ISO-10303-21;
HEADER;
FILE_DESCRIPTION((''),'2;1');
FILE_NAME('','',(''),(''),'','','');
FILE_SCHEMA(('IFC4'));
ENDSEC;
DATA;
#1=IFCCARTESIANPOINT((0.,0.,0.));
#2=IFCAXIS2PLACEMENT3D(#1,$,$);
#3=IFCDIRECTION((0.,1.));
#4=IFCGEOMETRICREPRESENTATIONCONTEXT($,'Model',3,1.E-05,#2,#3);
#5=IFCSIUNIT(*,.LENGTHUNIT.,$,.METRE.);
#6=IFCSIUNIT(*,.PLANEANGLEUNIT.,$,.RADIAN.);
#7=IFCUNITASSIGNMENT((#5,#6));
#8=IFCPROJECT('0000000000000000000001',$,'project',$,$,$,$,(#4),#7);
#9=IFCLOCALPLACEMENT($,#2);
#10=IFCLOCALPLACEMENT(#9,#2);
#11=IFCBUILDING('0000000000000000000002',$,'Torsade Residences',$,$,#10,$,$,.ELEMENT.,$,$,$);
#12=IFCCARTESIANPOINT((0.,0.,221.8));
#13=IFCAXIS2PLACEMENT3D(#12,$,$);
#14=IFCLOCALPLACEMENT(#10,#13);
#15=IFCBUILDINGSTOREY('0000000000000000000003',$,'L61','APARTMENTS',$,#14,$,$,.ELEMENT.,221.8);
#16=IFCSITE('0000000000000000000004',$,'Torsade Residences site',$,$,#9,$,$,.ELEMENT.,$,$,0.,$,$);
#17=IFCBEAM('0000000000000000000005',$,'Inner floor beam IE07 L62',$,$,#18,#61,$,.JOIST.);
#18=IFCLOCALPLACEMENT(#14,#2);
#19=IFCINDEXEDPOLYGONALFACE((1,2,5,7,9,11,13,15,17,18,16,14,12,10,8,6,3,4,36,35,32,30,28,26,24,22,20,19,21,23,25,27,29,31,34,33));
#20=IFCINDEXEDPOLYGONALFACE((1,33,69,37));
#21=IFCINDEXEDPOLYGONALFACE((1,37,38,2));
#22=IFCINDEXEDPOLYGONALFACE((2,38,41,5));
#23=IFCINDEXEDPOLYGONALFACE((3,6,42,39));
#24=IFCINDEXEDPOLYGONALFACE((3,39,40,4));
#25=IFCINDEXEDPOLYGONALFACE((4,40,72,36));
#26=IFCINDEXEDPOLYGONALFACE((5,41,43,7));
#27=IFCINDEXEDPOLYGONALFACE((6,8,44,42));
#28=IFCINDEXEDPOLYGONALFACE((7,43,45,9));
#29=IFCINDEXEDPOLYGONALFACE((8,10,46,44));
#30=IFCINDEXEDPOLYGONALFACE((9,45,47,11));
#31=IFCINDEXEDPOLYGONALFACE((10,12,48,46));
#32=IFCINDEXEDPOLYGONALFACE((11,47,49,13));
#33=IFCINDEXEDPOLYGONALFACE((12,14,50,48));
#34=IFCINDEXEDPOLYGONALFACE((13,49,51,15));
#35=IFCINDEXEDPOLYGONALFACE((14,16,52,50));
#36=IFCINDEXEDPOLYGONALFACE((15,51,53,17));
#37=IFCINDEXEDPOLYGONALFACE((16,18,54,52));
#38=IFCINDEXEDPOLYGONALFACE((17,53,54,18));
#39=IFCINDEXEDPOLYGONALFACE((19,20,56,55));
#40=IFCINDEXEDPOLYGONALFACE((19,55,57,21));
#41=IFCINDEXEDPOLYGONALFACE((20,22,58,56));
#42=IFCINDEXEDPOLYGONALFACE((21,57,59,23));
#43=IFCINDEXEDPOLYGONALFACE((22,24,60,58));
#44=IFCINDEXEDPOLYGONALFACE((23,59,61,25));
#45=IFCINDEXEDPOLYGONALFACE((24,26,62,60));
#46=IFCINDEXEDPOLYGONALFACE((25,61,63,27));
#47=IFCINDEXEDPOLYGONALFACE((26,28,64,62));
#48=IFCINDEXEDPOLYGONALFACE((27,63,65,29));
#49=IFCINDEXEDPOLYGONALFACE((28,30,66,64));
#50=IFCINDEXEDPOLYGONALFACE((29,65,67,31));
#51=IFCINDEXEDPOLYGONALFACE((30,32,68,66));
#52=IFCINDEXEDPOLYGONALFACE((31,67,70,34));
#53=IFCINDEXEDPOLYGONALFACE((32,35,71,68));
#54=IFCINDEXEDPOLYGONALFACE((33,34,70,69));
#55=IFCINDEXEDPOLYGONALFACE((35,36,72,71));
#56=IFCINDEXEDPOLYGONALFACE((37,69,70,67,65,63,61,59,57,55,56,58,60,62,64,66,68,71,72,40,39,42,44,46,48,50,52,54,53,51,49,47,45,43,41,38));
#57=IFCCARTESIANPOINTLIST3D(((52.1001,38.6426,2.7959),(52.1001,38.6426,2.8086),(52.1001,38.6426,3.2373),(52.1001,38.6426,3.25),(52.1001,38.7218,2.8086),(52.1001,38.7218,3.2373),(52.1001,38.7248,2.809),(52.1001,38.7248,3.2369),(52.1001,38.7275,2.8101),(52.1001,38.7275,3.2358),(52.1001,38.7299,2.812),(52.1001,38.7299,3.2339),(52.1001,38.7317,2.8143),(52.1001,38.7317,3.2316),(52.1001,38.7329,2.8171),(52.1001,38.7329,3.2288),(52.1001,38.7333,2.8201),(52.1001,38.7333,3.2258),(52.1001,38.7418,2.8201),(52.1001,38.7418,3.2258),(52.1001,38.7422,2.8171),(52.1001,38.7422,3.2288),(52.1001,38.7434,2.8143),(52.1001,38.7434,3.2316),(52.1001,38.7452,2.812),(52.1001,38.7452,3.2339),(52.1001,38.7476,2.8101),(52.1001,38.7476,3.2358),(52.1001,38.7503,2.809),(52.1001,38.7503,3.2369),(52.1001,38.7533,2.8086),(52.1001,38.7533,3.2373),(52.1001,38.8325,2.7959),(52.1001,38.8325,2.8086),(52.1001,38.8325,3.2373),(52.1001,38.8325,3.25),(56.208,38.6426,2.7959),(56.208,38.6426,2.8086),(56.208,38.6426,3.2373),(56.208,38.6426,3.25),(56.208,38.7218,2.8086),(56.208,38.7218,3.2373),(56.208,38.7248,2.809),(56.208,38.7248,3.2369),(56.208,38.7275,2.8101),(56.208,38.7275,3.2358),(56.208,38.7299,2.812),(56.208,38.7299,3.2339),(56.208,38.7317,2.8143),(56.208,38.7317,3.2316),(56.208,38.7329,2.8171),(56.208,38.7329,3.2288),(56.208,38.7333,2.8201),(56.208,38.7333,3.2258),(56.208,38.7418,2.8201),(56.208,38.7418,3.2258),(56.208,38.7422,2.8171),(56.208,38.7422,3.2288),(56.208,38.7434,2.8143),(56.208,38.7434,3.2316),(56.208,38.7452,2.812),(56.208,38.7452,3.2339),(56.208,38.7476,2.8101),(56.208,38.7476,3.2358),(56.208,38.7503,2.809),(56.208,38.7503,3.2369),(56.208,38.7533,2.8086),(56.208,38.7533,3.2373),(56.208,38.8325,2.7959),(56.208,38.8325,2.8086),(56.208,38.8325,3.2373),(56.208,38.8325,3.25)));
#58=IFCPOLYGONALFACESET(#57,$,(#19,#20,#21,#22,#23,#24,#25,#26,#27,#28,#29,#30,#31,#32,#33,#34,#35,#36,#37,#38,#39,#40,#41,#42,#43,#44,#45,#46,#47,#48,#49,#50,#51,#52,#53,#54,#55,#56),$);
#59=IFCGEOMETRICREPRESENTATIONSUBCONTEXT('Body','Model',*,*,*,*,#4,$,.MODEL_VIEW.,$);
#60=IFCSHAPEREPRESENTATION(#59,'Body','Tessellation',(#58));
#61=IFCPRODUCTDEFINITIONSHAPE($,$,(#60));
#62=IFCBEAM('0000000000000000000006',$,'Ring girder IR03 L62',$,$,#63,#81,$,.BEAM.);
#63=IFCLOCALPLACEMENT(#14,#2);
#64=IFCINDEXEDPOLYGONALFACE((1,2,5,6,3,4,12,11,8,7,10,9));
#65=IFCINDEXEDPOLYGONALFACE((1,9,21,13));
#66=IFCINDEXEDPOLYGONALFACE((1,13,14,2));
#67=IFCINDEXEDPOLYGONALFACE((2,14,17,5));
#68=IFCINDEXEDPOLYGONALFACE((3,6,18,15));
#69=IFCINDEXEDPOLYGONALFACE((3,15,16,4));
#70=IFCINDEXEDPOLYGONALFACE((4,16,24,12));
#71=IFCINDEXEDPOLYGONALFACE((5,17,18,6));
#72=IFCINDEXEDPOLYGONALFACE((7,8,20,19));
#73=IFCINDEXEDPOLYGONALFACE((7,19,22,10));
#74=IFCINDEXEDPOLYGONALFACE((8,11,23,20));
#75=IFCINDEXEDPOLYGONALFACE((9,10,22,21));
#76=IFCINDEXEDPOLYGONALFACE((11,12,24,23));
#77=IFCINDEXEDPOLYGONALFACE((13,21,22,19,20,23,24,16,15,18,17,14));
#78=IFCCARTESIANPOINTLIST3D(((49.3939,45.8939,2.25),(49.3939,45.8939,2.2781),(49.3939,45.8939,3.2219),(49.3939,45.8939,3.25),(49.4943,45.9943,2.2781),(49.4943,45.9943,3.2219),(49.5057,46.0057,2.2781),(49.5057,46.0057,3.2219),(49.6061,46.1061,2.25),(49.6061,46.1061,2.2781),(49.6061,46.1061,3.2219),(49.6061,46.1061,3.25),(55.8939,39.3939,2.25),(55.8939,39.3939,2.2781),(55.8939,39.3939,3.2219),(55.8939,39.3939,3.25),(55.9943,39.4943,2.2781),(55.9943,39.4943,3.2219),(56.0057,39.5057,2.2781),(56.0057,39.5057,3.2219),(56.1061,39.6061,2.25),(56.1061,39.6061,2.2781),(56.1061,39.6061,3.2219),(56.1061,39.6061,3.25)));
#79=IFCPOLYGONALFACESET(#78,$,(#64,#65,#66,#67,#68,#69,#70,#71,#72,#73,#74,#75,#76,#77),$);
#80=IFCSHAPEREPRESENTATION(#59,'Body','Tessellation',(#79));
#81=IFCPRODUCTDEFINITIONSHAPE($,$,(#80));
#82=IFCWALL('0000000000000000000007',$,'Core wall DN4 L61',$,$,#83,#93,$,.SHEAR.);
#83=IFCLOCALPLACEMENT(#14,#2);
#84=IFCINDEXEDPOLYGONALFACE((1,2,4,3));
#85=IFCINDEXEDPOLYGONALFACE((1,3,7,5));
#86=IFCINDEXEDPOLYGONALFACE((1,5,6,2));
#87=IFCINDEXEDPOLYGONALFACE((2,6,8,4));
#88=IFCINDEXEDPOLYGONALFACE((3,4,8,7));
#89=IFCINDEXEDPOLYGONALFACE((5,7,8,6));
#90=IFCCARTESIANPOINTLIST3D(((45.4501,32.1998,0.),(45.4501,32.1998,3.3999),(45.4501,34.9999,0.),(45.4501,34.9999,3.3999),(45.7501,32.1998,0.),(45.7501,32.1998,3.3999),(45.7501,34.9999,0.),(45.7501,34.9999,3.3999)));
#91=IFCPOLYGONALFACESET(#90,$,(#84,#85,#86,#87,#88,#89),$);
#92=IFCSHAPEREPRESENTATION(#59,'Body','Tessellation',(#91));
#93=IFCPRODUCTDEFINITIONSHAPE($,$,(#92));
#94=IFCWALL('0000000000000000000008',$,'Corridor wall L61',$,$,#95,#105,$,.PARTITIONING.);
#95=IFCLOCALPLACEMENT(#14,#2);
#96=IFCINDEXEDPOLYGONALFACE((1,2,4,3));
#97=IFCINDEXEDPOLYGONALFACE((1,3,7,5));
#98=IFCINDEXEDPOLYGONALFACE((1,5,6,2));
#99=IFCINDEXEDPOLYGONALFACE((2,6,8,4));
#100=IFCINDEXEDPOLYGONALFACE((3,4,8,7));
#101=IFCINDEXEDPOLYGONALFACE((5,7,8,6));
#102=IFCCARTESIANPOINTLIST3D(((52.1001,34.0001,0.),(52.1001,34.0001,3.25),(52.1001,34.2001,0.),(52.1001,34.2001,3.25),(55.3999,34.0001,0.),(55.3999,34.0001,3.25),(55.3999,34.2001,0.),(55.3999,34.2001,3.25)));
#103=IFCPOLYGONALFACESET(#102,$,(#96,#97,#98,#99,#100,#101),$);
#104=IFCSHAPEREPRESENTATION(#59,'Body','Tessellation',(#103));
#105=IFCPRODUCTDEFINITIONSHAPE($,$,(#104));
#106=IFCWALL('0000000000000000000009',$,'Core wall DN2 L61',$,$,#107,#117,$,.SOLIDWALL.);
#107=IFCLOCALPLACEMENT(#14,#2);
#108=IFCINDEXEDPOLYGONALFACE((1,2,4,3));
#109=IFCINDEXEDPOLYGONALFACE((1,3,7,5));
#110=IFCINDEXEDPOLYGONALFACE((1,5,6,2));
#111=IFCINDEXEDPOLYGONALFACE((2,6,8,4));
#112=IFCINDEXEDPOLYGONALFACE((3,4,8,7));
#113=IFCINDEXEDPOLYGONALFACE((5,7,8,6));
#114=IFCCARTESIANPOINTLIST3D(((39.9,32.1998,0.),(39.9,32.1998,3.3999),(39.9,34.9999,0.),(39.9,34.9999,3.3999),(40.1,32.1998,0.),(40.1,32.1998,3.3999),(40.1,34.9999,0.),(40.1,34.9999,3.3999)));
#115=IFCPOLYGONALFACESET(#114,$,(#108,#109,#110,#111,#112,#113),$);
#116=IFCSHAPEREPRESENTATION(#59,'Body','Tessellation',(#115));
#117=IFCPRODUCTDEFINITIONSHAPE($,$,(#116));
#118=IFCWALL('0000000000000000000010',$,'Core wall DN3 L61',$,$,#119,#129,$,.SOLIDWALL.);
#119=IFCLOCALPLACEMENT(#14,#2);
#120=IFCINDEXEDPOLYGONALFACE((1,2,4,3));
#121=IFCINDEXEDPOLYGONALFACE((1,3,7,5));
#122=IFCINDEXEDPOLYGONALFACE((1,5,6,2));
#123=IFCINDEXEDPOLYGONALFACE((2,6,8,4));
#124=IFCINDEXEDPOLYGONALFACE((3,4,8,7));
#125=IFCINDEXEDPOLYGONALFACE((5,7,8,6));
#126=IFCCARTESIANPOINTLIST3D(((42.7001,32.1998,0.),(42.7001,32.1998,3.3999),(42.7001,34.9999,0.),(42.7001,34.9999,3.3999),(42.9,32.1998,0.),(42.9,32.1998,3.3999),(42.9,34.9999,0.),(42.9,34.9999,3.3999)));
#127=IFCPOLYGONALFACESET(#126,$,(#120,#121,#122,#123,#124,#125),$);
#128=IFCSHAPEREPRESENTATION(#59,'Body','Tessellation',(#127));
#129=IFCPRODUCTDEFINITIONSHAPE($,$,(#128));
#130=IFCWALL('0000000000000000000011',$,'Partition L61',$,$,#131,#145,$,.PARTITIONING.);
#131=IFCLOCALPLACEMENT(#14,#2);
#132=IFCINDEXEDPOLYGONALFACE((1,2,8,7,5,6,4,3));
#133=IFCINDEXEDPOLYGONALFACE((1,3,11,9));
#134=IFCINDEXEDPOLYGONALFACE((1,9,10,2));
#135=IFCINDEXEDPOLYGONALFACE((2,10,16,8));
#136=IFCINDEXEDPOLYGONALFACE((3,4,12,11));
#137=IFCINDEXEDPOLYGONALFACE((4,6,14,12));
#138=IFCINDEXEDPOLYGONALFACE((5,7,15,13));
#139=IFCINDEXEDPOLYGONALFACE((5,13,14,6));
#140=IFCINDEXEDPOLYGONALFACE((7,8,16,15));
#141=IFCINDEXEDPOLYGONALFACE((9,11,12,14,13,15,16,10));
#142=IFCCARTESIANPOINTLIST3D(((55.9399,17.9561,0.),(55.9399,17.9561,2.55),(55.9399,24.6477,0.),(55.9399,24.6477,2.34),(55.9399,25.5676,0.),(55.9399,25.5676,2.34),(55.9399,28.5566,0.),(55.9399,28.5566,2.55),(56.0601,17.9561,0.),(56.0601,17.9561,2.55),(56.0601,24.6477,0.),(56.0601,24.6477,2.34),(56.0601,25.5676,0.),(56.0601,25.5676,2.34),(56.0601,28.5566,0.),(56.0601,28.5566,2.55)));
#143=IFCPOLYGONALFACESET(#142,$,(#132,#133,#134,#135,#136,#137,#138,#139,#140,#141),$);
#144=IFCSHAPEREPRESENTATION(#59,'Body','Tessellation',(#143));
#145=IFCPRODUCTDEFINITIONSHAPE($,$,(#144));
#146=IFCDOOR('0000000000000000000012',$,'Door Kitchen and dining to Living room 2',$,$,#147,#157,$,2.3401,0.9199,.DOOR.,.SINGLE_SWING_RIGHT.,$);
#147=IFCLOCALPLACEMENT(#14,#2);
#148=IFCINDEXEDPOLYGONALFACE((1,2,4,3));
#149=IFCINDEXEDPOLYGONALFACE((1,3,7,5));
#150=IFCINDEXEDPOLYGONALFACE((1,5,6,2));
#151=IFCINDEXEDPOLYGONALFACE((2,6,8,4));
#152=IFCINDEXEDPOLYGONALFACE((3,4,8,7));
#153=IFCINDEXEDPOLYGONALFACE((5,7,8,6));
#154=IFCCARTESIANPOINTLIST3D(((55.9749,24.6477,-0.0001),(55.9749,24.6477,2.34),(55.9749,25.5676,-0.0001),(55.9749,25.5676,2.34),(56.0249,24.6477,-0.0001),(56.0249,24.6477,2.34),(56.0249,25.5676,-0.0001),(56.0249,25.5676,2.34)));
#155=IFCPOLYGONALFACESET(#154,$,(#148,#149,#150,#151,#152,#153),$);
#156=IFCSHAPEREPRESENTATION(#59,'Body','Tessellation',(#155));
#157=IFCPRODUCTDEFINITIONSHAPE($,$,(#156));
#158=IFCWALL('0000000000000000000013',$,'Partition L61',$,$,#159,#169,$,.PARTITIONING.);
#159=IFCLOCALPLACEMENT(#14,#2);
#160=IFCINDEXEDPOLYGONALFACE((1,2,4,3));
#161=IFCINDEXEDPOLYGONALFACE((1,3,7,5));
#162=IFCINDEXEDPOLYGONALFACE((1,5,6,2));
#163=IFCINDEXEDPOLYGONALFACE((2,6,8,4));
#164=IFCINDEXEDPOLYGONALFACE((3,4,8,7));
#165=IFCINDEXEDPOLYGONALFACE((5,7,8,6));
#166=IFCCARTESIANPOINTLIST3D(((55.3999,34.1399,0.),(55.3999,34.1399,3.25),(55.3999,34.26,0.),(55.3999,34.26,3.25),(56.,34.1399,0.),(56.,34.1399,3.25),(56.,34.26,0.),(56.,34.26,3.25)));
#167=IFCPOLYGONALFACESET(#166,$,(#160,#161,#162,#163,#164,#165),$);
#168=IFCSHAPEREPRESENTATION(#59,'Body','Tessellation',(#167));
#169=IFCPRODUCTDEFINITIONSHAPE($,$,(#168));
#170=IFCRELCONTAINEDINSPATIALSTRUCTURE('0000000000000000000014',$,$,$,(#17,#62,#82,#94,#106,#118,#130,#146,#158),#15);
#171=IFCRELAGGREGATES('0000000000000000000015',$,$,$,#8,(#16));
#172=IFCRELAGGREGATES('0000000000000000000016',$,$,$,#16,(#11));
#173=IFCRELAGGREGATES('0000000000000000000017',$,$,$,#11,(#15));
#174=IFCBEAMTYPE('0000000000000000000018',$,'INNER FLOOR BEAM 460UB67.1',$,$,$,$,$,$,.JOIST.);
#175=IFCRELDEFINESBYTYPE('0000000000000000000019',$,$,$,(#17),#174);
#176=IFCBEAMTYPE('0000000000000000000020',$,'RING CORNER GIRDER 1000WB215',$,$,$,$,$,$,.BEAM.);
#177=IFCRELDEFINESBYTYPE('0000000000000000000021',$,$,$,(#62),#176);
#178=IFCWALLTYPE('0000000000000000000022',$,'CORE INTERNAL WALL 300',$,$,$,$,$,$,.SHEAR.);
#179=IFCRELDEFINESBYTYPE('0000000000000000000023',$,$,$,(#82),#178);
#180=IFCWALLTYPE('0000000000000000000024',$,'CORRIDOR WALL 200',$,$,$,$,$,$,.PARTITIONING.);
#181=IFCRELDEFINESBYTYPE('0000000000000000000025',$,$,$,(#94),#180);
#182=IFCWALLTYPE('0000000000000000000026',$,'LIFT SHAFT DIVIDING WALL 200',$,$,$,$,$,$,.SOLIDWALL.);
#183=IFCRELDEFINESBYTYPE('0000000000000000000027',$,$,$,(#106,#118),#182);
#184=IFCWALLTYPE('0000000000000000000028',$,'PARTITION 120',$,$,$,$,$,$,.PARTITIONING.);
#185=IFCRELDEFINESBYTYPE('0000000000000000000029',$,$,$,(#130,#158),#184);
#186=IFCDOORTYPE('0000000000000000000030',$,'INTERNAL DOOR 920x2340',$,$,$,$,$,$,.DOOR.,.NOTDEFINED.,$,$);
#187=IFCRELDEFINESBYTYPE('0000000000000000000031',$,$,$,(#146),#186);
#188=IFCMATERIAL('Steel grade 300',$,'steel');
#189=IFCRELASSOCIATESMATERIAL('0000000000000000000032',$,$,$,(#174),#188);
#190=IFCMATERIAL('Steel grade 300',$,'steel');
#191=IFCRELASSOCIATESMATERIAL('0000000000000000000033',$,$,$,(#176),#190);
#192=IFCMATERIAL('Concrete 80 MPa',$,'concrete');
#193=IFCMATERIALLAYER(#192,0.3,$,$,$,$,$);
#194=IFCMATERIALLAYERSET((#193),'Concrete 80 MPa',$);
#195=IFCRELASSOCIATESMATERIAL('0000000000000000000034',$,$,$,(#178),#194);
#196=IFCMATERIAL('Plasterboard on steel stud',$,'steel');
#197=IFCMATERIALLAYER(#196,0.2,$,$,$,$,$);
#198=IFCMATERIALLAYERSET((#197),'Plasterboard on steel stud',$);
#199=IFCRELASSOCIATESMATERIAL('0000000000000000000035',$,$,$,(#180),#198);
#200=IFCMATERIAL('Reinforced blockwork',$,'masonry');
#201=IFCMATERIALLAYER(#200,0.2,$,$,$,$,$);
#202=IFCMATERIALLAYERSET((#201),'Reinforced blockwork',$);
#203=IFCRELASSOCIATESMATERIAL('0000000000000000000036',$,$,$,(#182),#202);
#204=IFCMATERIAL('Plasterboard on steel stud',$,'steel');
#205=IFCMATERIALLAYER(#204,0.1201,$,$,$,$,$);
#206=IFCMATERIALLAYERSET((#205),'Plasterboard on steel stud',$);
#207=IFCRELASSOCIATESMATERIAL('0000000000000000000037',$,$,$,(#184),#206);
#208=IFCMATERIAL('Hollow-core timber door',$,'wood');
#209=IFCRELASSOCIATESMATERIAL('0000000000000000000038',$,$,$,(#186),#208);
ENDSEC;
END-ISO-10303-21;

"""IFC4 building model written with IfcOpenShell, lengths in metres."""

from ifc_helpers import new_model, si_unit, direction, frame, frame_2d, origin, origin_2d, place, context, subcontext, project, spatial, rectangle, i_section, extrude, material, layer, layer_set, material_profile, profile_set, type_object, element, fill, save


model = new_model("IFC4")

# Units and contexts
model_context = context("Model", 3, precision=1e-05, world=origin(), true_north=direction((0.0, 1.0)))
body_context = subcontext(model_context, "Body", "Model", "MODEL_VIEW")
ifc_project = project(units=[si_unit("LENGTHUNIT", "METRE"), si_unit("PLANEANGLEUNIT", "RADIAN")], contexts=[model_context])

# Site, building, storey
site_placement = place(None, origin())
site = spatial("IfcSite", under=ifc_project, at=site_placement, Name="Torsade Residences site", CompositionType="ELEMENT", RefElevation=0.0)
building_placement = place(site_placement, origin())
building = spatial("IfcBuilding", under=site, at=building_placement, Name="Torsade Residences", CompositionType="ELEMENT")
storey_placement = place(building_placement, frame((0.0, 0.0, 221.8)))
storey = spatial("IfcBuildingStorey", under=building, at=storey_placement, Name="L61", Description="APARTMENTS", CompositionType="ELEMENT", Elevation=221.8)

# Beams
ifc_material_1 = material(Name="Steel grade 300", Category="steel")
ifc_material_profile_1 = material_profile(ifc_material_1, i_section(OverallWidth=0.1899, OverallDepth=0.4541, WebThickness=0.0085, FlangeThickness=0.0127, FilletRadius=0.0115, at=origin_2d()), Name="460UB67.1")
ifc_profile_set_1 = profile_set([ifc_material_profile_1], Name="Steel grade 300")
beam_type_1 = type_object("IfcBeamType", Name="INNER FLOOR BEAM 460UB67.1", PredefinedType="JOIST", material=ifc_profile_set_1)
beam_1_placement = place(storey_placement, frame((52.1001, 38.7375, 3.0229), z_axis=(1.0, 0.0, 0.0), x_axis=(0.0, 1.0, 0.0)))
element("IfcBeam", 1, at=beam_1_placement, inside=storey, type_object=beam_type_1, Name="Inner floor beam IE07 L62", PredefinedType="JOIST", context=body_context, shape_type="SweptSolid", body=[
    extrude(i_section(OverallWidth=0.1899, OverallDepth=0.4541, WebThickness=0.0085, FlangeThickness=0.0127, FilletRadius=0.0115, at=origin_2d()), origin(), (0.0, 0.0, 1.0), 4.1079),
])
ifc_material_2 = material(Name="Steel grade 300", Category="steel")
ifc_material_profile_2 = material_profile(ifc_material_2, i_section(OverallWidth=0.3, OverallDepth=1.0, WebThickness=0.0161, FlangeThickness=0.0281, at=origin_2d()), Name="1000WB215")
ifc_profile_set_2 = profile_set([ifc_material_profile_2], Name="Steel grade 300")
beam_type_2 = type_object("IfcBeamType", Name="RING CORNER GIRDER 1000WB215", PredefinedType="BEAM", material=ifc_profile_set_2)
beam_2_placement = place(storey_placement, frame((56.0, 39.5, 2.75), z_axis=(-0.707107, 0.707107, 0.0), x_axis=(-0.707107, -0.707107, 0.0)))
element("IfcBeam", 2, at=beam_2_placement, inside=storey, type_object=beam_type_2, Name="Ring girder IR03 L62", PredefinedType="BEAM", context=body_context, shape_type="SweptSolid", body=[
    extrude(i_section(OverallWidth=0.3, OverallDepth=1.0, WebThickness=0.0161, FlangeThickness=0.0281, at=origin_2d()), origin(), (0.0, 0.0, 1.0), 9.1924),
])

# Walls
ifc_material_3 = material(Name="Concrete 80 MPa", Category="concrete")
ifc_layer_1 = layer(ifc_material_3, 0.3)
ifc_layer_set_1 = layer_set([ifc_layer_1], Name="Concrete 80 MPa")
wall_type_1 = type_object("IfcWallType", Name="CORE INTERNAL WALL 300", PredefinedType="SHEAR", material=ifc_layer_set_1)
wall_1_placement = place(storey_placement, frame((45.6001, 32.2, 0.0), z_axis=(0.0, 0.0, 1.0), x_axis=(0.0, 1.0, 0.0)))
element("IfcWall", 3, at=wall_1_placement, inside=storey, type_object=wall_type_1, Name="Core wall DN4 L61", PredefinedType="SHEAR", context=body_context, shape_type="SweptSolid", body=[
    extrude(rectangle(XDim=2.8, YDim=0.3, at=frame_2d((1.3999, 0.0))), origin(), (0.0, 0.0, 1.0), 3.3999),
])
ifc_material_4 = material(Name="Plasterboard on steel stud", Category="steel")
ifc_layer_2 = layer(ifc_material_4, 0.2)
ifc_layer_set_2 = layer_set([ifc_layer_2], Name="Plasterboard on steel stud")
wall_type_2 = type_object("IfcWallType", Name="CORRIDOR WALL 200", PredefinedType="PARTITIONING", material=ifc_layer_set_2)
wall_2_placement = place(storey_placement, frame((52.1001, 34.1001, 0.0), z_axis=(0.0, 0.0, 1.0), x_axis=(1.0, 0.0, 0.0)))
element("IfcWall", 4, at=wall_2_placement, inside=storey, type_object=wall_type_2, Name="Corridor wall L61", PredefinedType="PARTITIONING", context=body_context, shape_type="SweptSolid", body=[
    extrude(rectangle(XDim=3.2998, YDim=0.2, at=frame_2d((1.6499, 0.0))), origin(), (0.0, 0.0, 1.0), 3.25),
])
ifc_material_5 = material(Name="Reinforced blockwork", Category="masonry")
ifc_layer_3 = layer(ifc_material_5, 0.2)
ifc_layer_set_3 = layer_set([ifc_layer_3], Name="Reinforced blockwork")
wall_type_3 = type_object("IfcWallType", Name="LIFT SHAFT DIVIDING WALL 200", PredefinedType="SOLIDWALL", material=ifc_layer_set_3)
for number, where, z_axis, x_axis, name in (
    (5, (40.0, 32.2, 0.0), (0.0, 0.0, 1.0), (0.0, 1.0, 0.0), "Core wall DN2 L61"),
    (6, (42.8, 32.2, 0.0), (0.0, 0.0, 1.0), (0.0, 1.0, 0.0), "Core wall DN3 L61"),
):
    element("IfcWall", number, at=place(storey_placement, frame(where, z_axis=z_axis, x_axis=x_axis)), inside=storey, type_object=wall_type_3, Name=name, PredefinedType="SOLIDWALL", context=body_context, shape_type="SweptSolid", body=[
        extrude(rectangle(XDim=2.8, YDim=0.2, at=frame_2d((1.3999, 0.0))), origin(), (0.0, 0.0, 1.0), 3.3999),
    ])

# Wall, opening, door
ifc_material_6 = material(Name="Plasterboard on steel stud", Category="steel")
ifc_layer_4 = layer(ifc_material_6, 0.1201)
ifc_layer_set_4 = layer_set([ifc_layer_4], Name="Plasterboard on steel stud")
wall_type_4 = type_object("IfcWallType", Name="PARTITION 120", PredefinedType="PARTITIONING", material=ifc_layer_set_4)
wall_3_placement = place(storey_placement, frame((56.0, 28.5566, 0.0), z_axis=(0.0, 0.0, 1.0), x_axis=(0.0, -1.0, 0.0)))
wall_3 = element("IfcWall", 7, at=wall_3_placement, inside=storey, type_object=wall_type_4, Name="Partition L61", PredefinedType="PARTITIONING", context=body_context, shape_type="SweptSolid", body=[
    extrude(rectangle(XDim=10.6006, YDim=0.1201, at=frame_2d((5.3003, 0.0))), origin(), (0.0, 0.0, 1.0), 2.55),
])
opening_1_placement = place(wall_3_placement, frame((2.989, 0.0, 0.0)))
opening_1 = element("IfcOpeningElement", 8, at=opening_1_placement, cuts=wall_3, PredefinedType="OPENING", context=body_context, shape_type="SweptSolid", body=[
    extrude(rectangle(XDim=0.9199, YDim=2.3401, at=frame_2d((0.46, 1.1699))), frame((0.0, 0.0701, 0.0), z_axis=(0.0, -1.0, 0.0), x_axis=(1.0, 0.0, 0.0)), (0.0, 0.0, 1.0), 0.1401),
])
ifc_material_7 = material(Name="Hollow-core timber door", Category="wood")
door_type_1 = type_object("IfcDoorType", Name="INTERNAL DOOR 920x2340", OperationType="NOTDEFINED", PredefinedType="DOOR", material=ifc_material_7)
door_1_placement = place(opening_1_placement, origin())
door_1 = element("IfcDoor", 9, at=door_1_placement, inside=storey, type_object=door_type_1, Name="Door Kitchen and dining to Living room 2", OperationType="SINGLE_SWING_RIGHT", OverallHeight=2.3401, OverallWidth=0.9199, PredefinedType="DOOR", context=body_context, shape_type="SweptSolid", body=[
    extrude(rectangle(XDim=0.9199, YDim=2.3401, at=frame_2d((0.46, 1.1699))), frame((0.0, 0.0249, 0.0), z_axis=(0.0, -1.0, 0.0), x_axis=(1.0, 0.0, 0.0)), (0.0, 0.0, 1.0), 0.05),
])
fill(opening_1, door_1)

# Wall
wall_4_placement = place(storey_placement, frame((56.0, 34.2, 0.0), z_axis=(0.0, 0.0, 1.0), x_axis=(-1.0, 0.0, 0.0)))
element("IfcWall", 10, at=wall_4_placement, inside=storey, type_object=wall_type_4, Name="Partition L61", PredefinedType="PARTITIONING", context=body_context, shape_type="SweptSolid", body=[
    extrude(rectangle(XDim=0.6001, YDim=0.1201, at=frame_2d((0.3, 0.0))), origin(), (0.0, 0.0, 1.0), 3.25),
])

save(model, "model.ifc")
